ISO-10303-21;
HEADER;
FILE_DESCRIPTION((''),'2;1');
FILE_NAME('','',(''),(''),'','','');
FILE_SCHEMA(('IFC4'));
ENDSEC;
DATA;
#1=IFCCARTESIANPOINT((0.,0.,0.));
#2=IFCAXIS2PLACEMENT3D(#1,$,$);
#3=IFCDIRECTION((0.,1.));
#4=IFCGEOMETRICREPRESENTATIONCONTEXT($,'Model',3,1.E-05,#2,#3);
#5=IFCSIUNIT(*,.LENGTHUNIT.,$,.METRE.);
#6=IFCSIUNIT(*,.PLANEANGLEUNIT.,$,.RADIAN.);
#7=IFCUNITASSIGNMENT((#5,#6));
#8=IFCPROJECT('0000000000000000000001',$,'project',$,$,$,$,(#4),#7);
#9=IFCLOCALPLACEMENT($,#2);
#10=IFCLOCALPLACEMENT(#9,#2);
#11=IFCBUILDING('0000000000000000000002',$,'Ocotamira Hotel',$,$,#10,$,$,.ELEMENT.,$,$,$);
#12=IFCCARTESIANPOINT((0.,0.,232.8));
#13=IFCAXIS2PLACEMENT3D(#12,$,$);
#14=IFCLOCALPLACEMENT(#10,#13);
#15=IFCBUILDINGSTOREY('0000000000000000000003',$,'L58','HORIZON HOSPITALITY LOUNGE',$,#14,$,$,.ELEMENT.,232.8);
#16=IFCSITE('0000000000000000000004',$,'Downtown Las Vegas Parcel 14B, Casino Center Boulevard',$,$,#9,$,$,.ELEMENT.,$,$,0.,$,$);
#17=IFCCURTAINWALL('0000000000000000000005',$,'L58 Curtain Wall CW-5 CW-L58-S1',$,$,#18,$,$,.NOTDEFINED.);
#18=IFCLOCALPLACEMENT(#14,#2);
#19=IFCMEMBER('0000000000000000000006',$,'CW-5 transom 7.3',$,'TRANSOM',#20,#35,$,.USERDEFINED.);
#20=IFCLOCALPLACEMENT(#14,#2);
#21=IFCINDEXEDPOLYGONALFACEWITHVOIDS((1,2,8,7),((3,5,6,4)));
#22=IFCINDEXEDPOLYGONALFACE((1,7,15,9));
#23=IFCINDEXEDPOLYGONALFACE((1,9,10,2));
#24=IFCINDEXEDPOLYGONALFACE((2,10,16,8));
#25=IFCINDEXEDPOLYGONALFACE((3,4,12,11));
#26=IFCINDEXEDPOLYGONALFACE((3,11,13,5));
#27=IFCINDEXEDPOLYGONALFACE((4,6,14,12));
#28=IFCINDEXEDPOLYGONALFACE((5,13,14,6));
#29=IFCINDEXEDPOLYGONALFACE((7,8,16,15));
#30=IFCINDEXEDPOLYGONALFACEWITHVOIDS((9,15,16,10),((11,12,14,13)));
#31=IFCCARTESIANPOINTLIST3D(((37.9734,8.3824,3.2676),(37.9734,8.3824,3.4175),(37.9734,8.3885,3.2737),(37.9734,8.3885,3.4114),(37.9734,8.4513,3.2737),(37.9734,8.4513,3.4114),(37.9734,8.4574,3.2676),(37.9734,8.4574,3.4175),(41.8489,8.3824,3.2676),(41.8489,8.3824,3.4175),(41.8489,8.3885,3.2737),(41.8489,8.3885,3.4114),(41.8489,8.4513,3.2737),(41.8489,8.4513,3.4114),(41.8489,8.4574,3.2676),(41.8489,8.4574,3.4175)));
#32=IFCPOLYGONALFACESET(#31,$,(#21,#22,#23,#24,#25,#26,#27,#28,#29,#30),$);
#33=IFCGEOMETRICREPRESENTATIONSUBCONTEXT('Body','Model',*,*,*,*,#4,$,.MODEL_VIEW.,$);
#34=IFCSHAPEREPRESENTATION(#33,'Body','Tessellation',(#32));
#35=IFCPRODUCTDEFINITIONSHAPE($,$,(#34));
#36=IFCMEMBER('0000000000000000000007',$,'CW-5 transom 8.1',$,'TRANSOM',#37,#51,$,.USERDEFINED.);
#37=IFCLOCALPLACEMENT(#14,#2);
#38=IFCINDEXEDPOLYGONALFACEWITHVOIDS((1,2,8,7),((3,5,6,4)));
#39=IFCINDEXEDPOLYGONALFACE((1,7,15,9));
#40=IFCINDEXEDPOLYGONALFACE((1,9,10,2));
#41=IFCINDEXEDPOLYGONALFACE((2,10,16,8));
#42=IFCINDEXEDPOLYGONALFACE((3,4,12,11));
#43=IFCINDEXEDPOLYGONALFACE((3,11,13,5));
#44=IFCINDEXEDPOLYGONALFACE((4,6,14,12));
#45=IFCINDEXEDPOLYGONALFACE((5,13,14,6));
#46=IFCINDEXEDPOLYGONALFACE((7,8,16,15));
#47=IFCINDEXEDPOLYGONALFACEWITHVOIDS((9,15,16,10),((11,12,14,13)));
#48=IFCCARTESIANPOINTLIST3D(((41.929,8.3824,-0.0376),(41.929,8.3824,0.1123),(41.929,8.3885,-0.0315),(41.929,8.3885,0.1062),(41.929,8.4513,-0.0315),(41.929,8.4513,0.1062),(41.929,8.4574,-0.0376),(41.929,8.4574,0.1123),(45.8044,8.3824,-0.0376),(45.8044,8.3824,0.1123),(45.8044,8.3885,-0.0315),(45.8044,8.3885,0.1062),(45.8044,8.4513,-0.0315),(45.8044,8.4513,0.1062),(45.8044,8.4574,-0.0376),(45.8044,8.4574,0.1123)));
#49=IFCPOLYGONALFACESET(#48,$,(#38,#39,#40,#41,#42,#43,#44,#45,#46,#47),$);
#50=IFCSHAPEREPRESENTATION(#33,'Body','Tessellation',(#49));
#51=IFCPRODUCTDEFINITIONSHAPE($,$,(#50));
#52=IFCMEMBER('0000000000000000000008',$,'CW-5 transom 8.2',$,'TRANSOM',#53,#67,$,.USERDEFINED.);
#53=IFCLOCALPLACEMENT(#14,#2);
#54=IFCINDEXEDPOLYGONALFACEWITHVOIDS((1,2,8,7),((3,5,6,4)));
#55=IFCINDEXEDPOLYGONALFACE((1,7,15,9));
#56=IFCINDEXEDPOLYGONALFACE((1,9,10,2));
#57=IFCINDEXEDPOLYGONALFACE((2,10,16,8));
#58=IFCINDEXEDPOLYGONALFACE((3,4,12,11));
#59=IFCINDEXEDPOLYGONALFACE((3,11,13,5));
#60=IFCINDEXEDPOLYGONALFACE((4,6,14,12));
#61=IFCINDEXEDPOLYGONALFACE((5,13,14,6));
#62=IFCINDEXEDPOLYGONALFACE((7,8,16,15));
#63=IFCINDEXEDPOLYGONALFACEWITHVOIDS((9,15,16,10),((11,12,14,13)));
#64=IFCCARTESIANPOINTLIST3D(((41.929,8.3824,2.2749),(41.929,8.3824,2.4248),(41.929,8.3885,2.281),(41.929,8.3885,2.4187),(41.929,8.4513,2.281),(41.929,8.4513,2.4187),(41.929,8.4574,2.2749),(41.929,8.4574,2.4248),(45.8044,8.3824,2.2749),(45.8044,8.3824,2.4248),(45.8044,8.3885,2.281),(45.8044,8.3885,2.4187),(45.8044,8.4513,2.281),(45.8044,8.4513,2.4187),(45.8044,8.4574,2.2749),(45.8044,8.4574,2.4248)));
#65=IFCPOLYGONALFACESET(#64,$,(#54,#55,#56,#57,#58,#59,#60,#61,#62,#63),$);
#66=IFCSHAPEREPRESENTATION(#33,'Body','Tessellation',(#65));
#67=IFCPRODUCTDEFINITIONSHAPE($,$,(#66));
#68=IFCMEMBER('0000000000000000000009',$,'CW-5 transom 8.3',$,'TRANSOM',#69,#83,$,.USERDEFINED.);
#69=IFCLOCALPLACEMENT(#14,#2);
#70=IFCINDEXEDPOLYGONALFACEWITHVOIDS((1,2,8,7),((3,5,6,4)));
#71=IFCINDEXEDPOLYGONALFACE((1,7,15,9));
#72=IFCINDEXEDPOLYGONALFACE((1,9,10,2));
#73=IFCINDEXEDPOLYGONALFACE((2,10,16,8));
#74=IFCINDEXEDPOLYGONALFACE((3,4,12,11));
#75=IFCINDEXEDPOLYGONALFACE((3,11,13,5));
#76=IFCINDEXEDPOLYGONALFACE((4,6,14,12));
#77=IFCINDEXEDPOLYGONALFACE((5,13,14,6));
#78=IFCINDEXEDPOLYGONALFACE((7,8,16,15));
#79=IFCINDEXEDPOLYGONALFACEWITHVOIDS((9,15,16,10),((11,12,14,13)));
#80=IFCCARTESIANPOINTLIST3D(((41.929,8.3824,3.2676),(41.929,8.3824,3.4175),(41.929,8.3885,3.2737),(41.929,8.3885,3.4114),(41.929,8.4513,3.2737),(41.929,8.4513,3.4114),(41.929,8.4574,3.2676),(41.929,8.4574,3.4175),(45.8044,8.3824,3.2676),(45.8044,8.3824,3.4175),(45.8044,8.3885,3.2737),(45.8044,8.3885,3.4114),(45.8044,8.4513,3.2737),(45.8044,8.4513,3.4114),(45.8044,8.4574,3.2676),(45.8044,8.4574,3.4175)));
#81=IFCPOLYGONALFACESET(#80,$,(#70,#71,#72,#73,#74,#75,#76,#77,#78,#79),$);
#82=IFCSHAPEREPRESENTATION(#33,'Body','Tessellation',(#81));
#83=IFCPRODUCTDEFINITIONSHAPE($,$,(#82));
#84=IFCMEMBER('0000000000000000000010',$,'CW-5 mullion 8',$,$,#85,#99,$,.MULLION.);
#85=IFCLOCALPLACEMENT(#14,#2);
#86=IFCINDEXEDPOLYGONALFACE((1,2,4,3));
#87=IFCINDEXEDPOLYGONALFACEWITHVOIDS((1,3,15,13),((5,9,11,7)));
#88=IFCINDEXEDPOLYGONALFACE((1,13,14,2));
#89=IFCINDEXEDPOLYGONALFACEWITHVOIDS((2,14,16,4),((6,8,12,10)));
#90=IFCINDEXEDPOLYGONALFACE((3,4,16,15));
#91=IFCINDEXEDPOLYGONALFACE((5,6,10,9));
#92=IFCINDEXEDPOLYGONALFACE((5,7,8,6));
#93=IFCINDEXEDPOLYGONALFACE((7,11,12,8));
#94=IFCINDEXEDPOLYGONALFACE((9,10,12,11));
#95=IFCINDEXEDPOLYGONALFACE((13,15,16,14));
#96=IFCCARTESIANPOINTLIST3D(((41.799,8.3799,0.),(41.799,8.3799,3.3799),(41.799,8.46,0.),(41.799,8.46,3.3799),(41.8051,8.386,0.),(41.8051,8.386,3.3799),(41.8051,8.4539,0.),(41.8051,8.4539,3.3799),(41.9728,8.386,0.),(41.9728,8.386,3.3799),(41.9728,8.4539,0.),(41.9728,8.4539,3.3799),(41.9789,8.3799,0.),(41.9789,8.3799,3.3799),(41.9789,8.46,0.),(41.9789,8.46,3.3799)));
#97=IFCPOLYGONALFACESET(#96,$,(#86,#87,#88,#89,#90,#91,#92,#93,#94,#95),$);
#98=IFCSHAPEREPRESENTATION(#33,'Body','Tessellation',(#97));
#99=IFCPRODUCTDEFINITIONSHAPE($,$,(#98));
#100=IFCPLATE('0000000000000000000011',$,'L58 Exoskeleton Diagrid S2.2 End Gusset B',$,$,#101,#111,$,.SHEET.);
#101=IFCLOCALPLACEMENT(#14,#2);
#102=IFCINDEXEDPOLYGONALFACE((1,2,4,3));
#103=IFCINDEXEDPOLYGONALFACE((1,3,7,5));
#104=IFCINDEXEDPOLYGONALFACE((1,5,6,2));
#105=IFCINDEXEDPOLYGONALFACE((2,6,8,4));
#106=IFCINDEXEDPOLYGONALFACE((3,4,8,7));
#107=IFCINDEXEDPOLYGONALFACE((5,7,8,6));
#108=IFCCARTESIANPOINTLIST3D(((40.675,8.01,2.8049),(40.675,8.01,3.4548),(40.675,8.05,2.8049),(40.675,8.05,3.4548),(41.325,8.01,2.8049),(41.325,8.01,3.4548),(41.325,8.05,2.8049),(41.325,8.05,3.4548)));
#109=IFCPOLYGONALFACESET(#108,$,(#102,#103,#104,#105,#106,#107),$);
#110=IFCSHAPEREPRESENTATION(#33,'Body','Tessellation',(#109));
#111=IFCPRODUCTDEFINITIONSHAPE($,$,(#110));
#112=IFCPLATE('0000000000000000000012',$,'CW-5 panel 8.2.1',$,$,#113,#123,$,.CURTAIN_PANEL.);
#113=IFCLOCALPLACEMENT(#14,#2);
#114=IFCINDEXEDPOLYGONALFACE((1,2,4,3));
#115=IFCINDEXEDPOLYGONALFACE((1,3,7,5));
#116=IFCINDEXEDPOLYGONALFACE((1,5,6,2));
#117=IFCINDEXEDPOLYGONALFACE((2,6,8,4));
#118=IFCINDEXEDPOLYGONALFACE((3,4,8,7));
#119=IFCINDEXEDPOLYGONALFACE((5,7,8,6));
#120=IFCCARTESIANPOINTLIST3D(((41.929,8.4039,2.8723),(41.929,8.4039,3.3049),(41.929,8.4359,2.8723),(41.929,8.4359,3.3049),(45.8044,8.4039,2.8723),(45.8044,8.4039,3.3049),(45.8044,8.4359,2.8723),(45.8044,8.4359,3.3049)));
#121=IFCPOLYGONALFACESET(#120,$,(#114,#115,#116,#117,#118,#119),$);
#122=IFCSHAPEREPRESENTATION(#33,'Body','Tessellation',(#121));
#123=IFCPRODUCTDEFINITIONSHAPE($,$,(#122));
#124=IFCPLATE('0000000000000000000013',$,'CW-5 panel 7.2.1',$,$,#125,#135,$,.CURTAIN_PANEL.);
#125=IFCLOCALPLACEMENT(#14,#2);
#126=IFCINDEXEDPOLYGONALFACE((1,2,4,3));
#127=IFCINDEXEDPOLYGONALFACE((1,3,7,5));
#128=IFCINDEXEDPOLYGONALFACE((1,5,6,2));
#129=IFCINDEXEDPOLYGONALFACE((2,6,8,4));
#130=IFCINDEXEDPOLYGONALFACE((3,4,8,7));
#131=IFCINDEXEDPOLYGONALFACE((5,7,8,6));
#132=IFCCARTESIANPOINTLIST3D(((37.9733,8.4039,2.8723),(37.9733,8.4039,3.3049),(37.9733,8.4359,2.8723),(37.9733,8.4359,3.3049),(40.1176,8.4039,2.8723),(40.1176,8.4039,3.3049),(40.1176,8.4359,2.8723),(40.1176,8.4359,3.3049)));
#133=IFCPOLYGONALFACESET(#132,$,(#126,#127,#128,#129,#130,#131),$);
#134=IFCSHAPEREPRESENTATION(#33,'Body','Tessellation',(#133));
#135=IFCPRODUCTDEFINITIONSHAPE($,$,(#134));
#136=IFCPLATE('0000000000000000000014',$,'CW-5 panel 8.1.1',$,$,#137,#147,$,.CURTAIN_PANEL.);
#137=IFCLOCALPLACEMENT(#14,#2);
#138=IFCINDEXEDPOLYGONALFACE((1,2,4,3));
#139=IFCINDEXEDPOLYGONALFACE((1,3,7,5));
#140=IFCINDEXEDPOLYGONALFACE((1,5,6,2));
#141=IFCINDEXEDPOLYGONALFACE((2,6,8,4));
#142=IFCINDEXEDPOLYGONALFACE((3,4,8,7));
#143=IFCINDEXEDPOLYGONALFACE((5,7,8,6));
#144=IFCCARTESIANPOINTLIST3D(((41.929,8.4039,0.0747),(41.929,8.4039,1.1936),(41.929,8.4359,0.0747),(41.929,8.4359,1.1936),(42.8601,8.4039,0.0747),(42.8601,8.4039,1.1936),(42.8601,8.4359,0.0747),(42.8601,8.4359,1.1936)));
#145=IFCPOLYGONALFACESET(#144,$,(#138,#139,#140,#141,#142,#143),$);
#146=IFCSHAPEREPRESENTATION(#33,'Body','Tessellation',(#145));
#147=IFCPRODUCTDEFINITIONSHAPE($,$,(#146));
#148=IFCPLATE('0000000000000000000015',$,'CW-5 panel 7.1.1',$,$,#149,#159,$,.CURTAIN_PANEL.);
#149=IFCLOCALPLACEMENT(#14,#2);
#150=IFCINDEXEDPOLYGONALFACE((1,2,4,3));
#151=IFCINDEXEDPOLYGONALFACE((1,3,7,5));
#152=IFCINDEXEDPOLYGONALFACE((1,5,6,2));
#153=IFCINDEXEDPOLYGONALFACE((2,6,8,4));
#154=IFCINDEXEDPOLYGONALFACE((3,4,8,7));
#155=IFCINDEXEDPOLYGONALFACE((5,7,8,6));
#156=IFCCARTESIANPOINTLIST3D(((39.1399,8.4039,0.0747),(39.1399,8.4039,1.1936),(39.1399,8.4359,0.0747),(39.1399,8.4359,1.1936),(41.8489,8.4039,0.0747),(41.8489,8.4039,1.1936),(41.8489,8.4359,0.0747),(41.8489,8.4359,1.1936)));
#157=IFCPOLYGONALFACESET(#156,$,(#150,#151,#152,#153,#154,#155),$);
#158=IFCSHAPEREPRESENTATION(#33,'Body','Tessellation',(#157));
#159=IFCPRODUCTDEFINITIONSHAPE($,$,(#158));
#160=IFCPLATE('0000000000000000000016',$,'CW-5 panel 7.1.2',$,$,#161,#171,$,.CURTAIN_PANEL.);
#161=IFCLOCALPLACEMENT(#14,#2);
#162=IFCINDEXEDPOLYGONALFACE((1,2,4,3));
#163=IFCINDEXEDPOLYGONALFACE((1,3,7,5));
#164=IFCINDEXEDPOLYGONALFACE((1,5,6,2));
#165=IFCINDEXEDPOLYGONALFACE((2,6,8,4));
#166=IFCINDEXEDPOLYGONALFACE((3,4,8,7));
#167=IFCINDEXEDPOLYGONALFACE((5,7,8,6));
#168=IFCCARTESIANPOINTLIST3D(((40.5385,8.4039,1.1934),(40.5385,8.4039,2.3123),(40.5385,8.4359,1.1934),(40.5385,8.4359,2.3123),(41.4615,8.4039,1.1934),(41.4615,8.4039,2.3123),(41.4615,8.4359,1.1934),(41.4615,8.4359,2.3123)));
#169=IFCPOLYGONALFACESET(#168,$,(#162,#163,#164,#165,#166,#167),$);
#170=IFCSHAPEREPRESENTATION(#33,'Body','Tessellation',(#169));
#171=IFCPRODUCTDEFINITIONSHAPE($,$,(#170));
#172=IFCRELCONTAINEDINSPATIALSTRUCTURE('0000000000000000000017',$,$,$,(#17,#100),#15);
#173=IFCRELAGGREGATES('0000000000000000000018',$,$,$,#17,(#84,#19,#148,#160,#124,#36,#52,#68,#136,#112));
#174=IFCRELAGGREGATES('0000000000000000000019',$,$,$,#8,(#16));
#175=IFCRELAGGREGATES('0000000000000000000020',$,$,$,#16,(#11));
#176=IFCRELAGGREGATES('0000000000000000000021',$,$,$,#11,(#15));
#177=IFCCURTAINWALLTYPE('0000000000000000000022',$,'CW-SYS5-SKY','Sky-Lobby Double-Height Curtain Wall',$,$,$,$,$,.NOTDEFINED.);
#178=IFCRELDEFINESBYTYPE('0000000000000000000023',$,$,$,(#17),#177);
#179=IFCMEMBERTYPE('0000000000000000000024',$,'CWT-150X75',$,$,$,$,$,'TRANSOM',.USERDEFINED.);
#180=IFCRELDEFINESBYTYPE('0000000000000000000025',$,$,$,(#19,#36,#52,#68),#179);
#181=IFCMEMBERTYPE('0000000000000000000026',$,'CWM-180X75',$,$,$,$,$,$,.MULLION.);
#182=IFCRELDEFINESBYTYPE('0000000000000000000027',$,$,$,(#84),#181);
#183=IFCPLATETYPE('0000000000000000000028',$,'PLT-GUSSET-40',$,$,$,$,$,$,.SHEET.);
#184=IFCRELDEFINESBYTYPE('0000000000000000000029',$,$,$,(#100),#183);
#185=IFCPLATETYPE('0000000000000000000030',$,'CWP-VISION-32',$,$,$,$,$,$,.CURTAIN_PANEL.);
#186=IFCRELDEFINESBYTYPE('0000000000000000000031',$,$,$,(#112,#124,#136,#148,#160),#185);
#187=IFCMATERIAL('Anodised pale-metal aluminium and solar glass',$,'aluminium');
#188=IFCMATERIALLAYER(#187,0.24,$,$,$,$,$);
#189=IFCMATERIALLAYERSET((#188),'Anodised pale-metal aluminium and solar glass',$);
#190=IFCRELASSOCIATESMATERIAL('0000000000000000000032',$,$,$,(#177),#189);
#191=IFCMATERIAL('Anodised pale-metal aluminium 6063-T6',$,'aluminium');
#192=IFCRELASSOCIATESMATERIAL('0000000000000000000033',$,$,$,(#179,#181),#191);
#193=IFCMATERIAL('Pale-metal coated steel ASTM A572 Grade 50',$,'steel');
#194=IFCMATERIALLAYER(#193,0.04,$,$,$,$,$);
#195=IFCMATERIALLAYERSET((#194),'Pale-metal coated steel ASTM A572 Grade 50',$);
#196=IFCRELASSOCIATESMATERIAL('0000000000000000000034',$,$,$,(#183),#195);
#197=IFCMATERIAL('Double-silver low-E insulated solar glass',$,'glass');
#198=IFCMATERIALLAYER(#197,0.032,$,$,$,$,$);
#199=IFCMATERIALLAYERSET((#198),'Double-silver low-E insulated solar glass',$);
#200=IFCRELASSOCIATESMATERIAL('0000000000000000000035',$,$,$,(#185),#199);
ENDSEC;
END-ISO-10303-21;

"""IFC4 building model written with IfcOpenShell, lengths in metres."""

from ifc_helpers import new_model, si_unit, direction, frame, origin, origin_2d, place, context, subcontext, project, spatial, rectangle, hollow_rectangle, extrude, source, transform, mapped, material, layer, layer_set, material_profile, profile_set, type_object, element, aggregate, save


model = new_model("IFC4")

# Units and contexts
model_context = context("Model", 3, precision=1e-05, world=origin(), true_north=direction((0.0, 1.0)))
body_context = subcontext(model_context, "Body", "Model", "MODEL_VIEW")
ifc_project = project(units=[si_unit("LENGTHUNIT", "METRE"), si_unit("PLANEANGLEUNIT", "RADIAN")], contexts=[model_context])

# Site, building, storey
site_placement = place(None, origin())
site = spatial("IfcSite", under=ifc_project, at=site_placement, Name="Downtown Las Vegas Parcel 14B, Casino Center Boulevard", CompositionType="ELEMENT", RefElevation=0.0)
building_placement = place(site_placement, origin())
building = spatial("IfcBuilding", under=site, at=building_placement, Name="Ocotamira Hotel", CompositionType="ELEMENT")
storey_placement = place(building_placement, frame((0.0, 0.0, 232.8)))
storey = spatial("IfcBuildingStorey", under=building, at=storey_placement, Name="L58", Description="HORIZON HOSPITALITY LOUNGE", CompositionType="ELEMENT", Elevation=232.8)

# Curtain wall, members
ifc_material_1 = material(Name="Anodised pale-metal aluminium and solar glass", Category="aluminium")
ifc_layer_1 = layer(ifc_material_1, 0.24)
ifc_layer_set_1 = layer_set([ifc_layer_1], Name="Anodised pale-metal aluminium and solar glass")
curtain_wall_type = type_object("IfcCurtainWallType", Name="CW-SYS5-SKY", Description="Sky-Lobby Double-Height Curtain Wall", PredefinedType="NOTDEFINED", material=ifc_layer_set_1)
curtain_wall_placement = place(storey_placement, origin())
curtain_wall = element("IfcCurtainWall", 1, at=curtain_wall_placement, inside=storey, type_object=curtain_wall_type, Name="L58 Curtain Wall CW-5 CW-L58-S1", PredefinedType="NOTDEFINED")
ifc_material_2 = material(Name="Anodised pale-metal aluminium 6063-T6", Category="aluminium")
ifc_material_profile_1 = material_profile(ifc_material_2, hollow_rectangle(XDim=0.075, YDim=0.1499, WallThickness=0.0061, at=origin_2d()), Name="HSS150X75X6")
ifc_profile_set_1 = profile_set([ifc_material_profile_1], Name="Anodised pale-metal aluminium 6063-T6")
member_type_1 = type_object("IfcMemberType", Name="CWT-150X75", ElementType="TRANSOM", PredefinedType="USERDEFINED", material=ifc_profile_set_1)
shared_shape_1 = source(origin(), body_context, "Body", "SweptSolid", [
    extrude(hollow_rectangle(XDim=0.075, YDim=0.1499, WallThickness=0.0061, at=origin_2d()), origin(), (0.0, 0.0, 1.0), 3.8755),
])
member_1_placement = place(storey_placement, frame((37.9734, 8.4199, 3.3425), z_axis=(1.0, 0.0, 0.0), x_axis=(0.0, 1.0, 0.0)))
member_1 = element("IfcMember", 2, at=member_1_placement, type_object=member_type_1, Name="CW-5 transom 7.3", ObjectType="TRANSOM", PredefinedType="USERDEFINED", context=body_context, shape_type="MappedRepresentation", body=[
    mapped(shared_shape_1, transform((0.0, 0.0, 0.0), scale=1.0)),
])
member_2_placement = place(storey_placement, frame((41.929, 8.4199, 0.0374), z_axis=(1.0, 0.0, 0.0), x_axis=(0.0, 1.0, 0.0)))
member_2 = element("IfcMember", 3, at=member_2_placement, type_object=member_type_1, Name="CW-5 transom 8.1", ObjectType="TRANSOM", PredefinedType="USERDEFINED", context=body_context, shape_type="MappedRepresentation", body=[
    mapped(shared_shape_1, transform((0.0, 0.0, 0.0), scale=1.0)),
])
member_3_placement = place(storey_placement, frame((41.929, 8.4199, 2.3499), z_axis=(1.0, 0.0, 0.0), x_axis=(0.0, 1.0, 0.0)))
member_3 = element("IfcMember", 4, at=member_3_placement, type_object=member_type_1, Name="CW-5 transom 8.2", ObjectType="TRANSOM", PredefinedType="USERDEFINED", context=body_context, shape_type="MappedRepresentation", body=[
    mapped(shared_shape_1, transform((0.0, 0.0, 0.0), scale=1.0)),
])
member_4_placement = place(storey_placement, frame((41.929, 8.4199, 3.3425), z_axis=(1.0, 0.0, 0.0), x_axis=(0.0, 1.0, 0.0)))
member_4 = element("IfcMember", 5, at=member_4_placement, type_object=member_type_1, Name="CW-5 transom 8.3", ObjectType="TRANSOM", PredefinedType="USERDEFINED", context=body_context, shape_type="MappedRepresentation", body=[
    mapped(shared_shape_1, transform((0.0, 0.0, 0.0), scale=1.0)),
])
ifc_material_profile_2 = material_profile(ifc_material_2, hollow_rectangle(XDim=0.0801, YDim=0.1799, WallThickness=0.0061, at=origin_2d()), Name="HSS180X80X6")
ifc_profile_set_2 = profile_set([ifc_material_profile_2], Name="Anodised pale-metal aluminium 6063-T6")
member_type_2 = type_object("IfcMemberType", Name="CWM-180X75", PredefinedType="MULLION", material=ifc_profile_set_2)
shared_shape_2 = source(origin(), body_context, "Body", "SweptSolid", [
    extrude(hollow_rectangle(XDim=0.0801, YDim=0.1799, WallThickness=0.0061, at=origin_2d()), origin(), (0.0, 0.0, 1.0), 3.3799),
])
member_5_placement = place(storey_placement, frame((41.8889, 8.4199, 0.0), z_axis=(0.0, 0.0, 1.0), x_axis=(0.0, 1.0, 0.0)))
member_5 = element("IfcMember", 6, at=member_5_placement, type_object=member_type_2, Name="CW-5 mullion 8", PredefinedType="MULLION", context=body_context, shape_type="MappedRepresentation", body=[
    mapped(shared_shape_2, transform((0.0, 0.0, 0.0), scale=1.0)),
])

# Plates
ifc_material_3 = material(Name="Pale-metal coated steel ASTM A572 Grade 50", Category="steel")
ifc_layer_2 = layer(ifc_material_3, 0.04)
ifc_layer_set_2 = layer_set([ifc_layer_2], Name="Pale-metal coated steel ASTM A572 Grade 50")
plate_type_1 = type_object("IfcPlateType", Name="PLT-GUSSET-40", PredefinedType="SHEET", material=ifc_layer_set_2)
shared_shape_3 = source(origin(), body_context, "Body", "SweptSolid", [
    extrude(rectangle(XDim=0.6499, YDim=0.04, at=origin_2d()), origin(), (0.0, 0.0, 1.0), 0.6499),
])
plate_1_placement = place(storey_placement, frame((41.0, 8.03, 2.8049), z_axis=(0.0, 0.0, 1.0), x_axis=(1.0, 0.0, 0.0)))
element("IfcPlate", 7, at=plate_1_placement, inside=storey, type_object=plate_type_1, Name="L58 Exoskeleton Diagrid S2.2 End Gusset B", PredefinedType="SHEET", context=body_context, shape_type="MappedRepresentation", body=[
    mapped(shared_shape_3, transform((0.0, 0.0, 0.0), scale=1.0)),
])
ifc_material_4 = material(Name="Double-silver low-E insulated solar glass", Category="glass")
ifc_layer_3 = layer(ifc_material_4, 0.032)
ifc_layer_set_3 = layer_set([ifc_layer_3], Name="Double-silver low-E insulated solar glass")
plate_type_2 = type_object("IfcPlateType", Name="CWP-VISION-32", PredefinedType="CURTAIN_PANEL", material=ifc_layer_set_3)
shared_shape_4 = source(origin(), body_context, "Body", "SweptSolid", [
    extrude(rectangle(XDim=3.8755, YDim=0.032, at=origin_2d()), origin(), (0.0, 0.0, 1.0), 0.4326),
])
plate_2_placement = place(storey_placement, frame((43.8667, 8.4199, 2.8723), z_axis=(0.0, 0.0, 1.0), x_axis=(1.0, 0.0, 0.0)))
plate_2 = element("IfcPlate", 8, at=plate_2_placement, type_object=plate_type_2, Name="CW-5 panel 8.2.1", PredefinedType="CURTAIN_PANEL", context=body_context, shape_type="MappedRepresentation", body=[
    mapped(shared_shape_4, transform((0.0, 0.0, 0.0), scale=1.0)),
])
shared_shape_5 = source(origin(), body_context, "Body", "SweptSolid", [
    extrude(rectangle(XDim=2.1443, YDim=0.032, at=origin_2d()), origin(), (0.0, 0.0, 1.0), 0.4326),
])
plate_3_placement = place(storey_placement, frame((39.0454, 8.4199, 2.8723), z_axis=(0.0, 0.0, 1.0), x_axis=(1.0, 0.0, 0.0)))
plate_3 = element("IfcPlate", 9, at=plate_3_placement, type_object=plate_type_2, Name="CW-5 panel 7.2.1", PredefinedType="CURTAIN_PANEL", context=body_context, shape_type="MappedRepresentation", body=[
    mapped(shared_shape_5, transform((0.0, 0.0, 0.0), scale=1.0)),
])
shared_shape_6 = source(origin(), body_context, "Body", "SweptSolid", [
    extrude(rectangle(XDim=0.9312, YDim=0.032, at=origin_2d()), origin(), (0.0, 0.0, 1.0), 1.1189),
])
plate_4_placement = place(storey_placement, frame((42.3945, 8.4199, 0.0747), z_axis=(0.0, 0.0, 1.0), x_axis=(1.0, 0.0, 0.0)))
plate_4 = element("IfcPlate", 10, at=plate_4_placement, type_object=plate_type_2, Name="CW-5 panel 8.1.1", PredefinedType="CURTAIN_PANEL", context=body_context, shape_type="MappedRepresentation", body=[
    mapped(shared_shape_6, transform((0.0, 0.0, 0.0), scale=1.0)),
])
shared_shape_7 = source(origin(), body_context, "Body", "SweptSolid", [
    extrude(rectangle(XDim=2.709, YDim=0.032, at=origin_2d()), origin(), (0.0, 0.0, 1.0), 1.1189),
])
plate_5_placement = place(storey_placement, frame((40.4944, 8.4199, 0.0747), z_axis=(0.0, 0.0, 1.0), x_axis=(1.0, 0.0, 0.0)))
plate_5 = element("IfcPlate", 11, at=plate_5_placement, type_object=plate_type_2, Name="CW-5 panel 7.1.1", PredefinedType="CURTAIN_PANEL", context=body_context, shape_type="MappedRepresentation", body=[
    mapped(shared_shape_7, transform((0.0, 0.0, 0.0), scale=1.0)),
])
shared_shape_8 = source(origin(), body_context, "Body", "SweptSolid", [
    extrude(rectangle(XDim=0.9231, YDim=0.032, at=origin_2d()), origin(), (0.0, 0.0, 1.0), 1.1189),
])
plate_6_placement = place(storey_placement, frame((41.0, 8.4199, 1.1934), z_axis=(0.0, 0.0, 1.0), x_axis=(1.0, 0.0, 0.0)))
plate_6 = element("IfcPlate", 12, at=plate_6_placement, type_object=plate_type_2, Name="CW-5 panel 7.1.2", PredefinedType="CURTAIN_PANEL", context=body_context, shape_type="MappedRepresentation", body=[
    mapped(shared_shape_8, transform((0.0, 0.0, 0.0), scale=1.0)),
])
aggregate(curtain_wall, [member_5, member_1, plate_5, plate_6, plate_3, member_2, member_3, member_4, plate_4, plate_2])

save(model, "model.ifc")
